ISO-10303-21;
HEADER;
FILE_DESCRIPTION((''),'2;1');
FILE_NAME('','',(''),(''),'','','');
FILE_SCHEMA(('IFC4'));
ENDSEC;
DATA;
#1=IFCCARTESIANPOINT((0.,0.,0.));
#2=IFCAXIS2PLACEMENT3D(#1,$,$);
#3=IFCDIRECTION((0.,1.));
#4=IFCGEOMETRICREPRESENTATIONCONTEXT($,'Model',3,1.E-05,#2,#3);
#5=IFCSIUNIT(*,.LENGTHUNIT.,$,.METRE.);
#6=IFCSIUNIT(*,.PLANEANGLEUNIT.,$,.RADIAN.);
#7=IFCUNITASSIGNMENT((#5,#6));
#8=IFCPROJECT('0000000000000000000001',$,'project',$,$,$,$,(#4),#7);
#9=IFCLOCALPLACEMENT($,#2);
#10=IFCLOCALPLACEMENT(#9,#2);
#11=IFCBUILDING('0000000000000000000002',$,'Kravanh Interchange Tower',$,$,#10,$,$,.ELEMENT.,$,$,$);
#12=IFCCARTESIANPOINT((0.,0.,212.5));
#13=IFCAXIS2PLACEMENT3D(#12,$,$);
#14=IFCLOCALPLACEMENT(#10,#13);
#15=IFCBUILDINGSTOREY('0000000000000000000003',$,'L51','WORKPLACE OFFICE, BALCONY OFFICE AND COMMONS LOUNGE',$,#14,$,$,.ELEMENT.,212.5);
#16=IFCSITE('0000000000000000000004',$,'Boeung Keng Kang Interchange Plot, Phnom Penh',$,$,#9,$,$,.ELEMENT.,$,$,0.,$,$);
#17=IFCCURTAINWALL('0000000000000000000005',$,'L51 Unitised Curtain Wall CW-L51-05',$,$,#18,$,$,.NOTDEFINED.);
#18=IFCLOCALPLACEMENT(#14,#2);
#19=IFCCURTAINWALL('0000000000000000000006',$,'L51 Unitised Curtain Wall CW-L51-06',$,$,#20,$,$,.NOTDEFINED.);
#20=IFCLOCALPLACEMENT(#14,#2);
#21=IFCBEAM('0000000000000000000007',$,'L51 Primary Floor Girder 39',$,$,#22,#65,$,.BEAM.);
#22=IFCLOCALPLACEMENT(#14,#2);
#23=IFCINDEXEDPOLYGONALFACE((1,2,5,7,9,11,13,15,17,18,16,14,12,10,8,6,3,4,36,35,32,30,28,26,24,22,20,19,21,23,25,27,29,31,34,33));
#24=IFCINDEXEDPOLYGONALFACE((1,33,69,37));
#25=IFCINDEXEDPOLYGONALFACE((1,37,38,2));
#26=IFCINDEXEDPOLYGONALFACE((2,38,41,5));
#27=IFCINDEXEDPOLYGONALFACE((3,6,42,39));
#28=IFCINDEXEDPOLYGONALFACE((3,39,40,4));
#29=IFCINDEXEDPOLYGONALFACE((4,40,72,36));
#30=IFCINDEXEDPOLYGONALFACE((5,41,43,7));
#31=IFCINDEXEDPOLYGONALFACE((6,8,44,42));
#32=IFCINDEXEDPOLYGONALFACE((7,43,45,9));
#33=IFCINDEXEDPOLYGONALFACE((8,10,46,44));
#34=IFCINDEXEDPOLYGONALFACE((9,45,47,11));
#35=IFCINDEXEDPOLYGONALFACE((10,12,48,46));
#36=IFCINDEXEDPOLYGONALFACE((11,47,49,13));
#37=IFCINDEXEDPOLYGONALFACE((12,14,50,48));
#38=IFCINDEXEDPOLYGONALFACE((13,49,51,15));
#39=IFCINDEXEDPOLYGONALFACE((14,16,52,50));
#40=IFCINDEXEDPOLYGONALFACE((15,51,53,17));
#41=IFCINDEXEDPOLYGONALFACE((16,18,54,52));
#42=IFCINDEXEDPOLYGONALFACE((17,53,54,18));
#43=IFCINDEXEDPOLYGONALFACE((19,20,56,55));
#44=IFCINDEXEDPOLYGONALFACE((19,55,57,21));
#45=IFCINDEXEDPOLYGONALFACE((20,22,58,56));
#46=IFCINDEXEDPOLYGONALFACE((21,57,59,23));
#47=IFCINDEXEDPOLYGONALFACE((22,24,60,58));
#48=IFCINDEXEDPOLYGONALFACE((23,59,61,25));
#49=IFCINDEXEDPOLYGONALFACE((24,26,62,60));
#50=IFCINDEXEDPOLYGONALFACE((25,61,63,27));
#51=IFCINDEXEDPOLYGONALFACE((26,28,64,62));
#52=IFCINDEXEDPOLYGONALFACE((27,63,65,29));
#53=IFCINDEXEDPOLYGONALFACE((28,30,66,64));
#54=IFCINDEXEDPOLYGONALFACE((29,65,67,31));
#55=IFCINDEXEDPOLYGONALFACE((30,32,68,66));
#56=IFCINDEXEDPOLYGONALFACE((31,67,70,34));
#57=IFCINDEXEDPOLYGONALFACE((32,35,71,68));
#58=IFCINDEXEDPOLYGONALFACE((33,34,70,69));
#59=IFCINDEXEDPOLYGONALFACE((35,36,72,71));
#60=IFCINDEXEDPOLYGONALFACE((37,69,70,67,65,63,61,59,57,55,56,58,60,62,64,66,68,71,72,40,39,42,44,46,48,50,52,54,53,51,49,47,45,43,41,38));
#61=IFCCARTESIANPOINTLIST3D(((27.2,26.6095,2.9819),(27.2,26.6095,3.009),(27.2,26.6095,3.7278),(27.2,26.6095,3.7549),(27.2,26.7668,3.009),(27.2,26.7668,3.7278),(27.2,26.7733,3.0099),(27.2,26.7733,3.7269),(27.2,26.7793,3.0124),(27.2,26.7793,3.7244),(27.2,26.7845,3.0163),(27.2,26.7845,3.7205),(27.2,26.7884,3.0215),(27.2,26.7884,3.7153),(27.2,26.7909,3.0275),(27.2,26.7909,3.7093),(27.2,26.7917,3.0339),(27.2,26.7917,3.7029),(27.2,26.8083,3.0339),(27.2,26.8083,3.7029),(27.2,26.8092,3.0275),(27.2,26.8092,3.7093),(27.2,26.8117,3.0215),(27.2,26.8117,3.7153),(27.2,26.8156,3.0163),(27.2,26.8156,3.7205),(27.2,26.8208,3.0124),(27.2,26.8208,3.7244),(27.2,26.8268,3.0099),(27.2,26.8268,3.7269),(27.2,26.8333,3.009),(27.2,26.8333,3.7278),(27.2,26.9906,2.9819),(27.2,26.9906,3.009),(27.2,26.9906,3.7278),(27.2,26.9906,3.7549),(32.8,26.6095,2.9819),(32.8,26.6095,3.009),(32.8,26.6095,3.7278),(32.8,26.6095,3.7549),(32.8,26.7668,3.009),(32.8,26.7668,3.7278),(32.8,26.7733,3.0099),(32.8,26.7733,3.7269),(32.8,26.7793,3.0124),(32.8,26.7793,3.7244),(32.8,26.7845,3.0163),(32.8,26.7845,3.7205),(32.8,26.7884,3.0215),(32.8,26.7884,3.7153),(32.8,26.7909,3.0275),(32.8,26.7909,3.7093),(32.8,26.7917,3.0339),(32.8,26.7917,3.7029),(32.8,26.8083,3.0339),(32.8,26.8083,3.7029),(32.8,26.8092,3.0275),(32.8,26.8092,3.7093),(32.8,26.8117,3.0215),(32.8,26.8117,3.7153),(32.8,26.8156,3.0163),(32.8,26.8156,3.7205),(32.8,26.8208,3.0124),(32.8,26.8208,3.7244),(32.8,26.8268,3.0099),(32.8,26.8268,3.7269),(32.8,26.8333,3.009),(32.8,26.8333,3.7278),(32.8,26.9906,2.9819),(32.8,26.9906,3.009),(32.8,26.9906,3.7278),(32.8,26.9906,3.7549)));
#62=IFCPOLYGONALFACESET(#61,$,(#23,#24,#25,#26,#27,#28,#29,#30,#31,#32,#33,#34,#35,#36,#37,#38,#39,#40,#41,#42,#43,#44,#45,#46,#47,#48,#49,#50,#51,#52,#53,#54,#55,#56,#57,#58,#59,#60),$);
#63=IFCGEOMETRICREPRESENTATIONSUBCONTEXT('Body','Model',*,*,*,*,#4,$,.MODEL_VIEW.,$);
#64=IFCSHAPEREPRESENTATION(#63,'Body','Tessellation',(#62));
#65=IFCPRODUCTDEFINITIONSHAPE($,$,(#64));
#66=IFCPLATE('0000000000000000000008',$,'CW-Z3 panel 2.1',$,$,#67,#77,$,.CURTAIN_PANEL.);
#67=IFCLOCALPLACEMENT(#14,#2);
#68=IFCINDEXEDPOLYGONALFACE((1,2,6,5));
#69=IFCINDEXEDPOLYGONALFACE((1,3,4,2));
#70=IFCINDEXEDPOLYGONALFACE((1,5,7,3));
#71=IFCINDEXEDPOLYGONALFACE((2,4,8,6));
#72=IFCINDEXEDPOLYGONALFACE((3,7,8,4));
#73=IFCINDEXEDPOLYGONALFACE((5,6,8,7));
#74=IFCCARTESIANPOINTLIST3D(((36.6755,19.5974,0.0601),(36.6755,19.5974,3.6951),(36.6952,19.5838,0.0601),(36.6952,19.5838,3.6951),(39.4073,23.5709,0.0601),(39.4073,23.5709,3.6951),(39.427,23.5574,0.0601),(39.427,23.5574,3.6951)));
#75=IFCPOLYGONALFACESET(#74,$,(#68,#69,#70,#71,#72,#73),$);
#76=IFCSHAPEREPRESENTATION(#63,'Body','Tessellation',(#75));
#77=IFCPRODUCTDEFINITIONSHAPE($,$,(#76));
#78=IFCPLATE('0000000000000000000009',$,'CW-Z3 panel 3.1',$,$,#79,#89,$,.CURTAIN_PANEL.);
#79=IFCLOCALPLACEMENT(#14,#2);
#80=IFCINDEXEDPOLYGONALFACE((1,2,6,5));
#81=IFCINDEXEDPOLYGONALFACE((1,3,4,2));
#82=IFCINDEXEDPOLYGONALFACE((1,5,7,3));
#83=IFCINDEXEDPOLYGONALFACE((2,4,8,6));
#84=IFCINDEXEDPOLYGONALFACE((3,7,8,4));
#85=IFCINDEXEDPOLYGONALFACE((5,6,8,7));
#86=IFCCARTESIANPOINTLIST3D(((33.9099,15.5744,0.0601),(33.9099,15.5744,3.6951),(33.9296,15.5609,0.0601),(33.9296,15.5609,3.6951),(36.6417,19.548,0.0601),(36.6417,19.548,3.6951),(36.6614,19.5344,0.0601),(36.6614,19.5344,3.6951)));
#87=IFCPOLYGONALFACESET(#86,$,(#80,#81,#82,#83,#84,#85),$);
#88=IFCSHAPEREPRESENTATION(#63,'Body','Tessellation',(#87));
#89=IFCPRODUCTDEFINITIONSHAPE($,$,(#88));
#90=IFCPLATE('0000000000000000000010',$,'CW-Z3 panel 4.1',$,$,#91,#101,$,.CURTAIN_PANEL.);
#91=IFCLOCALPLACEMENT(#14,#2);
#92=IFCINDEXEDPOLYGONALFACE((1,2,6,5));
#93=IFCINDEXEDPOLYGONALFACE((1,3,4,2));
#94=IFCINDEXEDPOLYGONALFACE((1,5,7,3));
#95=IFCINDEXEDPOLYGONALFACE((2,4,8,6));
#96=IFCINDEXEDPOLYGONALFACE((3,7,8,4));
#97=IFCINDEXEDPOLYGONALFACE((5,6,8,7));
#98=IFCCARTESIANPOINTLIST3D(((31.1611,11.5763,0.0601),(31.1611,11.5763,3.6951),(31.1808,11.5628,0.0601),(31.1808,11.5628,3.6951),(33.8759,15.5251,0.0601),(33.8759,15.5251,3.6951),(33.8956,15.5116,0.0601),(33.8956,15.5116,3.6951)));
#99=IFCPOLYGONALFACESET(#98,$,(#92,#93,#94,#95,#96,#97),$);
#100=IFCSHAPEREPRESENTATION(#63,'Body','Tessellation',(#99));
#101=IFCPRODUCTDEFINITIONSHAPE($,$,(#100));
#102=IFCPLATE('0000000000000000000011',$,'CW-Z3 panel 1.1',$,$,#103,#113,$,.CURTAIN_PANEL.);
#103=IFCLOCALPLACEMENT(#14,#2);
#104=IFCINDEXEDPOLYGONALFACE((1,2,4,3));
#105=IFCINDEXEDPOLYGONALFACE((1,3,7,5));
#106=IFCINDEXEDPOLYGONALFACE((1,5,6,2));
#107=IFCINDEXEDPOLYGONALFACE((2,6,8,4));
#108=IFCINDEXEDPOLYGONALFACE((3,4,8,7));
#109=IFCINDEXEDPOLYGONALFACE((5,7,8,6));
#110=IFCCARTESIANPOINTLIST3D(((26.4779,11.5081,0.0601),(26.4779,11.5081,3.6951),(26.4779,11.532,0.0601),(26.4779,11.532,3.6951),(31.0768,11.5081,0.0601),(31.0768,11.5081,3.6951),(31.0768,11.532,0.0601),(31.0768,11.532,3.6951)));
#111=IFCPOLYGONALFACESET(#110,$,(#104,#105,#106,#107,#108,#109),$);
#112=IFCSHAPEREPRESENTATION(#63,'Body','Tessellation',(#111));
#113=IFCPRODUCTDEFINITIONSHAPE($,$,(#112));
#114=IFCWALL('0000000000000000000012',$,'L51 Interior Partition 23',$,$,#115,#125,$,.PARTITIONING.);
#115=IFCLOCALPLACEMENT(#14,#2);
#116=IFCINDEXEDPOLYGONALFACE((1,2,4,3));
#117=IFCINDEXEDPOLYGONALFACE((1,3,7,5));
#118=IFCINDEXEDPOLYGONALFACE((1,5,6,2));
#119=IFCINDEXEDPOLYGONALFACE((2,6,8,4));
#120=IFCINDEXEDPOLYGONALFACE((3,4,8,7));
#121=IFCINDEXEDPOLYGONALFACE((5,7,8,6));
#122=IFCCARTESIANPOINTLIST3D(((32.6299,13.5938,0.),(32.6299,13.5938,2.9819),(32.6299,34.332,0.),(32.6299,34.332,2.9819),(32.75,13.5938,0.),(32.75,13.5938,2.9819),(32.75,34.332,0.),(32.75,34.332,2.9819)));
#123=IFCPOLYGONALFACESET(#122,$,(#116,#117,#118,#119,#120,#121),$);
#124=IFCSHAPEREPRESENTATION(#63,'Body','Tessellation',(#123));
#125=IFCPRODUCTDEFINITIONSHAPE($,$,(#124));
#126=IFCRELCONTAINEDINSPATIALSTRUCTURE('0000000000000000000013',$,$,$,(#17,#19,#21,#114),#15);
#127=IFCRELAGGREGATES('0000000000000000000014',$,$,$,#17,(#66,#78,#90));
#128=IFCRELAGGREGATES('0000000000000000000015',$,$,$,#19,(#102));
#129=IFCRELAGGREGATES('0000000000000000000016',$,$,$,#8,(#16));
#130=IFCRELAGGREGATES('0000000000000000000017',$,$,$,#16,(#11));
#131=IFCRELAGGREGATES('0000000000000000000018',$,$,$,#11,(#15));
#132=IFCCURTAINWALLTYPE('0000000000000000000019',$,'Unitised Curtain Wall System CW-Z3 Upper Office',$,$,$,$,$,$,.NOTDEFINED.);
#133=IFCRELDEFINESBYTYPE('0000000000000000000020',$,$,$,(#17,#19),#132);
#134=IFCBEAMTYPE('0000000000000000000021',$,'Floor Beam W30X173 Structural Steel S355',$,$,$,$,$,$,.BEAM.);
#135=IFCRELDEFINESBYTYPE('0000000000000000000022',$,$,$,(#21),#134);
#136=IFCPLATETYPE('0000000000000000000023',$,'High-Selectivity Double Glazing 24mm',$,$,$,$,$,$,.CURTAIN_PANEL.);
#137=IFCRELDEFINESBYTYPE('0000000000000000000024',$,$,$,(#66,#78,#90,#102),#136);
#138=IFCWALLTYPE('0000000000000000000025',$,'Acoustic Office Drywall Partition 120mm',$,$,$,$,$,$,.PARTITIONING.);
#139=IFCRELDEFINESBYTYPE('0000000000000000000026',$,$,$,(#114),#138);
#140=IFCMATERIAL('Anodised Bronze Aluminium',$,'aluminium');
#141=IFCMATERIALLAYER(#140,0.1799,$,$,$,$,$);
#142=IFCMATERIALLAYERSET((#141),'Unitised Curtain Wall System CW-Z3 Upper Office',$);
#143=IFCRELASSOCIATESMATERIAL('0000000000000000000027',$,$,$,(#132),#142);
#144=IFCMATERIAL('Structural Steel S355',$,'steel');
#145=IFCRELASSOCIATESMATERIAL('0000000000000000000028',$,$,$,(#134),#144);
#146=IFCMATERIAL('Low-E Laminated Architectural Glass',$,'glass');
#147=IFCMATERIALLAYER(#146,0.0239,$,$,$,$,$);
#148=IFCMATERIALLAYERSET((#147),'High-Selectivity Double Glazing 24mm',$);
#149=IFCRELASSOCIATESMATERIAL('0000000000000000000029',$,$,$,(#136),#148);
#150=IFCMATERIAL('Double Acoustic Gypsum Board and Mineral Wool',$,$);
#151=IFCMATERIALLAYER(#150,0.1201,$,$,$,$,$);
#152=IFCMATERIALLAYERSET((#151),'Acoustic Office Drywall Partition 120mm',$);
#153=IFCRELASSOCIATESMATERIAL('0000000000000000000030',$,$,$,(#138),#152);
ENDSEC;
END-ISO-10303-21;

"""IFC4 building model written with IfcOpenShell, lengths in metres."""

from ifc_helpers import new_model, si_unit, direction, frame, frame_2d, origin, origin_2d, place, context, subcontext, project, spatial, rectangle, i_section, extrude, material, layer, layer_set, material_profile, profile_set, type_object, element, aggregate, save


model = new_model("IFC4")

# Units and contexts
model_context = context("Model", 3, precision=1e-05, world=origin(), true_north=direction((0.0, 1.0)))
body_context = subcontext(model_context, "Body", "Model", "MODEL_VIEW")
ifc_project = project(units=[si_unit("LENGTHUNIT", "METRE"), si_unit("PLANEANGLEUNIT", "RADIAN")], contexts=[model_context])

# Site, building, storey
site_placement = place(None, origin())
site = spatial("IfcSite", under=ifc_project, at=site_placement, Name="Boeung Keng Kang Interchange Plot, Phnom Penh", CompositionType="ELEMENT", RefElevation=0.0)
building_placement = place(site_placement, origin())
building = spatial("IfcBuilding", under=site, at=building_placement, Name="Kravanh Interchange Tower", CompositionType="ELEMENT")
storey_placement = place(building_placement, frame((0.0, 0.0, 212.5)))
storey = spatial("IfcBuildingStorey", under=building, at=storey_placement, Name="L51", Description="WORKPLACE OFFICE, BALCONY OFFICE AND COMMONS LOUNGE", CompositionType="ELEMENT", Elevation=212.5)

# Curtain wall
ifc_material_1 = material(Name="Anodised Bronze Aluminium", Category="aluminium")
ifc_layer_1 = layer(ifc_material_1, 0.1799)
ifc_layer_set_1 = layer_set([ifc_layer_1], Name="Unitised Curtain Wall System CW-Z3 Upper Office")
curtain_wall_type = type_object("IfcCurtainWallType", Name="Unitised Curtain Wall System CW-Z3 Upper Office", PredefinedType="NOTDEFINED", material=ifc_layer_set_1)
curtain_wall_1_placement = place(storey_placement, origin())
curtain_wall_1 = element("IfcCurtainWall", 1, at=curtain_wall_1_placement, inside=storey, type_object=curtain_wall_type, Name="L51 Unitised Curtain Wall CW-L51-05", PredefinedType="NOTDEFINED")

# Curtain wall
curtain_wall_2_placement = place(storey_placement, origin())
curtain_wall_2 = element("IfcCurtainWall", 2, at=curtain_wall_2_placement, inside=storey, type_object=curtain_wall_type, Name="L51 Unitised Curtain Wall CW-L51-06", PredefinedType="NOTDEFINED")

# Beam
ifc_material_2 = material(Name="Structural Steel S355", Category="steel")
ifc_material_profile_1 = material_profile(ifc_material_2, i_section(OverallWidth=0.3811, OverallDepth=0.7729, WebThickness=0.0166, FlangeThickness=0.0271, FilletRadius=0.0249, at=origin_2d()), Name="W30X173")
ifc_profile_set_1 = profile_set([ifc_material_profile_1], Name="Structural Steel S355")
beam_type = type_object("IfcBeamType", Name="Floor Beam W30X173 Structural Steel S355", PredefinedType="BEAM", material=ifc_profile_set_1)
beam_1_placement = place(storey_placement, frame((27.2, 26.8, 3.3684), z_axis=(1.0, 0.0, 0.0), x_axis=(0.0, 1.0, 0.0)))
element("IfcBeam", 3, at=beam_1_placement, inside=storey, type_object=beam_type, Name="L51 Primary Floor Girder 39", PredefinedType="BEAM", context=body_context, shape_type="SweptSolid", body=[
    extrude(i_section(OverallWidth=0.3811, OverallDepth=0.7729, WebThickness=0.0166, FlangeThickness=0.0271, FilletRadius=0.0249, at=origin_2d()), origin(), (0.0, 0.0, 1.0), 5.6001),
])

# Plates
ifc_material_3 = material(Name="Low-E Laminated Architectural Glass", Category="glass")
ifc_layer_2 = layer(ifc_material_3, 0.0239)
ifc_layer_set_2 = layer_set([ifc_layer_2], Name="High-Selectivity Double Glazing 24mm")
plate_type = type_object("IfcPlateType", Name="High-Selectivity Double Glazing 24mm", PredefinedType="CURTAIN_PANEL", material=ifc_layer_set_2)
plate_1_placement = place(storey_placement, frame((38.0513, 21.5774, 0.0601), z_axis=(0.0, 0.0, 1.0), x_axis=(-0.566528, -0.824042, 0.0)))
plate_1 = element("IfcPlate", 4, at=plate_1_placement, type_object=plate_type, Name="CW-Z3 panel 2.1", PredefinedType="CURTAIN_PANEL", context=body_context, shape_type="SweptSolid", body=[
    extrude(rectangle(XDim=4.822, YDim=0.0239, at=origin_2d()), origin(), (0.0, 0.0, 1.0), 3.635),
])
plate_2_placement = place(storey_placement, frame((35.2856, 17.5544, 0.0601), z_axis=(0.0, 0.0, 1.0), x_axis=(-0.566528, -0.824042, 0.0)))
plate_2 = element("IfcPlate", 5, at=plate_2_placement, type_object=plate_type, Name="CW-Z3 panel 3.1", PredefinedType="CURTAIN_PANEL", context=body_context, shape_type="SweptSolid", body=[
    extrude(rectangle(XDim=4.822, YDim=0.0239, at=origin_2d()), origin(), (0.0, 0.0, 1.0), 3.635),
])
plate_3_placement = place(storey_placement, frame((32.5283, 13.5439, 0.0601), z_axis=(0.0, 0.0, 1.0), x_axis=(-0.566528, -0.824042, 0.0)))
plate_3 = element("IfcPlate", 6, at=plate_3_placement, type_object=plate_type, Name="CW-Z3 panel 4.1", PredefinedType="CURTAIN_PANEL", context=body_context, shape_type="SweptSolid", body=[
    extrude(rectangle(XDim=4.792, YDim=0.0239, at=origin_2d()), origin(), (0.0, 0.0, 1.0), 3.635),
])
aggregate(curtain_wall_1, [plate_1, plate_2, plate_3])
plate_4_placement = place(storey_placement, frame((28.7773, 11.52, 0.0601), z_axis=(0.0, 0.0, 1.0), x_axis=(-1.0, 0.0, 0.0)))
plate_4 = element("IfcPlate", 7, at=plate_4_placement, type_object=plate_type, Name="CW-Z3 panel 1.1", PredefinedType="CURTAIN_PANEL", context=body_context, shape_type="SweptSolid", body=[
    extrude(rectangle(XDim=4.5989, YDim=0.0239, at=origin_2d()), origin(), (0.0, 0.0, 1.0), 3.635),
])
aggregate(curtain_wall_2, [plate_4])

# Wall
ifc_material_4 = material(Name="Double Acoustic Gypsum Board and Mineral Wool")
ifc_layer_3 = layer(ifc_material_4, 0.1201)
ifc_layer_set_3 = layer_set([ifc_layer_3], Name="Acoustic Office Drywall Partition 120mm")
wall_type = type_object("IfcWallType", Name="Acoustic Office Drywall Partition 120mm", PredefinedType="PARTITIONING", material=ifc_layer_set_3)
wall_placement = place(storey_placement, frame((32.6899, 13.5938, 0.0), z_axis=(0.0, 0.0, 1.0), x_axis=(0.0, 1.0, 0.0)))
element("IfcWall", 8, at=wall_placement, inside=storey, type_object=wall_type, Name="L51 Interior Partition 23", PredefinedType="PARTITIONING", context=body_context, shape_type="SweptSolid", body=[
    extrude(rectangle(XDim=20.7383, YDim=0.1201, at=frame_2d((10.3691, 0.0))), origin(), (0.0, 0.0, 1.0), 2.9819),
])

save(model, "model.ifc")
